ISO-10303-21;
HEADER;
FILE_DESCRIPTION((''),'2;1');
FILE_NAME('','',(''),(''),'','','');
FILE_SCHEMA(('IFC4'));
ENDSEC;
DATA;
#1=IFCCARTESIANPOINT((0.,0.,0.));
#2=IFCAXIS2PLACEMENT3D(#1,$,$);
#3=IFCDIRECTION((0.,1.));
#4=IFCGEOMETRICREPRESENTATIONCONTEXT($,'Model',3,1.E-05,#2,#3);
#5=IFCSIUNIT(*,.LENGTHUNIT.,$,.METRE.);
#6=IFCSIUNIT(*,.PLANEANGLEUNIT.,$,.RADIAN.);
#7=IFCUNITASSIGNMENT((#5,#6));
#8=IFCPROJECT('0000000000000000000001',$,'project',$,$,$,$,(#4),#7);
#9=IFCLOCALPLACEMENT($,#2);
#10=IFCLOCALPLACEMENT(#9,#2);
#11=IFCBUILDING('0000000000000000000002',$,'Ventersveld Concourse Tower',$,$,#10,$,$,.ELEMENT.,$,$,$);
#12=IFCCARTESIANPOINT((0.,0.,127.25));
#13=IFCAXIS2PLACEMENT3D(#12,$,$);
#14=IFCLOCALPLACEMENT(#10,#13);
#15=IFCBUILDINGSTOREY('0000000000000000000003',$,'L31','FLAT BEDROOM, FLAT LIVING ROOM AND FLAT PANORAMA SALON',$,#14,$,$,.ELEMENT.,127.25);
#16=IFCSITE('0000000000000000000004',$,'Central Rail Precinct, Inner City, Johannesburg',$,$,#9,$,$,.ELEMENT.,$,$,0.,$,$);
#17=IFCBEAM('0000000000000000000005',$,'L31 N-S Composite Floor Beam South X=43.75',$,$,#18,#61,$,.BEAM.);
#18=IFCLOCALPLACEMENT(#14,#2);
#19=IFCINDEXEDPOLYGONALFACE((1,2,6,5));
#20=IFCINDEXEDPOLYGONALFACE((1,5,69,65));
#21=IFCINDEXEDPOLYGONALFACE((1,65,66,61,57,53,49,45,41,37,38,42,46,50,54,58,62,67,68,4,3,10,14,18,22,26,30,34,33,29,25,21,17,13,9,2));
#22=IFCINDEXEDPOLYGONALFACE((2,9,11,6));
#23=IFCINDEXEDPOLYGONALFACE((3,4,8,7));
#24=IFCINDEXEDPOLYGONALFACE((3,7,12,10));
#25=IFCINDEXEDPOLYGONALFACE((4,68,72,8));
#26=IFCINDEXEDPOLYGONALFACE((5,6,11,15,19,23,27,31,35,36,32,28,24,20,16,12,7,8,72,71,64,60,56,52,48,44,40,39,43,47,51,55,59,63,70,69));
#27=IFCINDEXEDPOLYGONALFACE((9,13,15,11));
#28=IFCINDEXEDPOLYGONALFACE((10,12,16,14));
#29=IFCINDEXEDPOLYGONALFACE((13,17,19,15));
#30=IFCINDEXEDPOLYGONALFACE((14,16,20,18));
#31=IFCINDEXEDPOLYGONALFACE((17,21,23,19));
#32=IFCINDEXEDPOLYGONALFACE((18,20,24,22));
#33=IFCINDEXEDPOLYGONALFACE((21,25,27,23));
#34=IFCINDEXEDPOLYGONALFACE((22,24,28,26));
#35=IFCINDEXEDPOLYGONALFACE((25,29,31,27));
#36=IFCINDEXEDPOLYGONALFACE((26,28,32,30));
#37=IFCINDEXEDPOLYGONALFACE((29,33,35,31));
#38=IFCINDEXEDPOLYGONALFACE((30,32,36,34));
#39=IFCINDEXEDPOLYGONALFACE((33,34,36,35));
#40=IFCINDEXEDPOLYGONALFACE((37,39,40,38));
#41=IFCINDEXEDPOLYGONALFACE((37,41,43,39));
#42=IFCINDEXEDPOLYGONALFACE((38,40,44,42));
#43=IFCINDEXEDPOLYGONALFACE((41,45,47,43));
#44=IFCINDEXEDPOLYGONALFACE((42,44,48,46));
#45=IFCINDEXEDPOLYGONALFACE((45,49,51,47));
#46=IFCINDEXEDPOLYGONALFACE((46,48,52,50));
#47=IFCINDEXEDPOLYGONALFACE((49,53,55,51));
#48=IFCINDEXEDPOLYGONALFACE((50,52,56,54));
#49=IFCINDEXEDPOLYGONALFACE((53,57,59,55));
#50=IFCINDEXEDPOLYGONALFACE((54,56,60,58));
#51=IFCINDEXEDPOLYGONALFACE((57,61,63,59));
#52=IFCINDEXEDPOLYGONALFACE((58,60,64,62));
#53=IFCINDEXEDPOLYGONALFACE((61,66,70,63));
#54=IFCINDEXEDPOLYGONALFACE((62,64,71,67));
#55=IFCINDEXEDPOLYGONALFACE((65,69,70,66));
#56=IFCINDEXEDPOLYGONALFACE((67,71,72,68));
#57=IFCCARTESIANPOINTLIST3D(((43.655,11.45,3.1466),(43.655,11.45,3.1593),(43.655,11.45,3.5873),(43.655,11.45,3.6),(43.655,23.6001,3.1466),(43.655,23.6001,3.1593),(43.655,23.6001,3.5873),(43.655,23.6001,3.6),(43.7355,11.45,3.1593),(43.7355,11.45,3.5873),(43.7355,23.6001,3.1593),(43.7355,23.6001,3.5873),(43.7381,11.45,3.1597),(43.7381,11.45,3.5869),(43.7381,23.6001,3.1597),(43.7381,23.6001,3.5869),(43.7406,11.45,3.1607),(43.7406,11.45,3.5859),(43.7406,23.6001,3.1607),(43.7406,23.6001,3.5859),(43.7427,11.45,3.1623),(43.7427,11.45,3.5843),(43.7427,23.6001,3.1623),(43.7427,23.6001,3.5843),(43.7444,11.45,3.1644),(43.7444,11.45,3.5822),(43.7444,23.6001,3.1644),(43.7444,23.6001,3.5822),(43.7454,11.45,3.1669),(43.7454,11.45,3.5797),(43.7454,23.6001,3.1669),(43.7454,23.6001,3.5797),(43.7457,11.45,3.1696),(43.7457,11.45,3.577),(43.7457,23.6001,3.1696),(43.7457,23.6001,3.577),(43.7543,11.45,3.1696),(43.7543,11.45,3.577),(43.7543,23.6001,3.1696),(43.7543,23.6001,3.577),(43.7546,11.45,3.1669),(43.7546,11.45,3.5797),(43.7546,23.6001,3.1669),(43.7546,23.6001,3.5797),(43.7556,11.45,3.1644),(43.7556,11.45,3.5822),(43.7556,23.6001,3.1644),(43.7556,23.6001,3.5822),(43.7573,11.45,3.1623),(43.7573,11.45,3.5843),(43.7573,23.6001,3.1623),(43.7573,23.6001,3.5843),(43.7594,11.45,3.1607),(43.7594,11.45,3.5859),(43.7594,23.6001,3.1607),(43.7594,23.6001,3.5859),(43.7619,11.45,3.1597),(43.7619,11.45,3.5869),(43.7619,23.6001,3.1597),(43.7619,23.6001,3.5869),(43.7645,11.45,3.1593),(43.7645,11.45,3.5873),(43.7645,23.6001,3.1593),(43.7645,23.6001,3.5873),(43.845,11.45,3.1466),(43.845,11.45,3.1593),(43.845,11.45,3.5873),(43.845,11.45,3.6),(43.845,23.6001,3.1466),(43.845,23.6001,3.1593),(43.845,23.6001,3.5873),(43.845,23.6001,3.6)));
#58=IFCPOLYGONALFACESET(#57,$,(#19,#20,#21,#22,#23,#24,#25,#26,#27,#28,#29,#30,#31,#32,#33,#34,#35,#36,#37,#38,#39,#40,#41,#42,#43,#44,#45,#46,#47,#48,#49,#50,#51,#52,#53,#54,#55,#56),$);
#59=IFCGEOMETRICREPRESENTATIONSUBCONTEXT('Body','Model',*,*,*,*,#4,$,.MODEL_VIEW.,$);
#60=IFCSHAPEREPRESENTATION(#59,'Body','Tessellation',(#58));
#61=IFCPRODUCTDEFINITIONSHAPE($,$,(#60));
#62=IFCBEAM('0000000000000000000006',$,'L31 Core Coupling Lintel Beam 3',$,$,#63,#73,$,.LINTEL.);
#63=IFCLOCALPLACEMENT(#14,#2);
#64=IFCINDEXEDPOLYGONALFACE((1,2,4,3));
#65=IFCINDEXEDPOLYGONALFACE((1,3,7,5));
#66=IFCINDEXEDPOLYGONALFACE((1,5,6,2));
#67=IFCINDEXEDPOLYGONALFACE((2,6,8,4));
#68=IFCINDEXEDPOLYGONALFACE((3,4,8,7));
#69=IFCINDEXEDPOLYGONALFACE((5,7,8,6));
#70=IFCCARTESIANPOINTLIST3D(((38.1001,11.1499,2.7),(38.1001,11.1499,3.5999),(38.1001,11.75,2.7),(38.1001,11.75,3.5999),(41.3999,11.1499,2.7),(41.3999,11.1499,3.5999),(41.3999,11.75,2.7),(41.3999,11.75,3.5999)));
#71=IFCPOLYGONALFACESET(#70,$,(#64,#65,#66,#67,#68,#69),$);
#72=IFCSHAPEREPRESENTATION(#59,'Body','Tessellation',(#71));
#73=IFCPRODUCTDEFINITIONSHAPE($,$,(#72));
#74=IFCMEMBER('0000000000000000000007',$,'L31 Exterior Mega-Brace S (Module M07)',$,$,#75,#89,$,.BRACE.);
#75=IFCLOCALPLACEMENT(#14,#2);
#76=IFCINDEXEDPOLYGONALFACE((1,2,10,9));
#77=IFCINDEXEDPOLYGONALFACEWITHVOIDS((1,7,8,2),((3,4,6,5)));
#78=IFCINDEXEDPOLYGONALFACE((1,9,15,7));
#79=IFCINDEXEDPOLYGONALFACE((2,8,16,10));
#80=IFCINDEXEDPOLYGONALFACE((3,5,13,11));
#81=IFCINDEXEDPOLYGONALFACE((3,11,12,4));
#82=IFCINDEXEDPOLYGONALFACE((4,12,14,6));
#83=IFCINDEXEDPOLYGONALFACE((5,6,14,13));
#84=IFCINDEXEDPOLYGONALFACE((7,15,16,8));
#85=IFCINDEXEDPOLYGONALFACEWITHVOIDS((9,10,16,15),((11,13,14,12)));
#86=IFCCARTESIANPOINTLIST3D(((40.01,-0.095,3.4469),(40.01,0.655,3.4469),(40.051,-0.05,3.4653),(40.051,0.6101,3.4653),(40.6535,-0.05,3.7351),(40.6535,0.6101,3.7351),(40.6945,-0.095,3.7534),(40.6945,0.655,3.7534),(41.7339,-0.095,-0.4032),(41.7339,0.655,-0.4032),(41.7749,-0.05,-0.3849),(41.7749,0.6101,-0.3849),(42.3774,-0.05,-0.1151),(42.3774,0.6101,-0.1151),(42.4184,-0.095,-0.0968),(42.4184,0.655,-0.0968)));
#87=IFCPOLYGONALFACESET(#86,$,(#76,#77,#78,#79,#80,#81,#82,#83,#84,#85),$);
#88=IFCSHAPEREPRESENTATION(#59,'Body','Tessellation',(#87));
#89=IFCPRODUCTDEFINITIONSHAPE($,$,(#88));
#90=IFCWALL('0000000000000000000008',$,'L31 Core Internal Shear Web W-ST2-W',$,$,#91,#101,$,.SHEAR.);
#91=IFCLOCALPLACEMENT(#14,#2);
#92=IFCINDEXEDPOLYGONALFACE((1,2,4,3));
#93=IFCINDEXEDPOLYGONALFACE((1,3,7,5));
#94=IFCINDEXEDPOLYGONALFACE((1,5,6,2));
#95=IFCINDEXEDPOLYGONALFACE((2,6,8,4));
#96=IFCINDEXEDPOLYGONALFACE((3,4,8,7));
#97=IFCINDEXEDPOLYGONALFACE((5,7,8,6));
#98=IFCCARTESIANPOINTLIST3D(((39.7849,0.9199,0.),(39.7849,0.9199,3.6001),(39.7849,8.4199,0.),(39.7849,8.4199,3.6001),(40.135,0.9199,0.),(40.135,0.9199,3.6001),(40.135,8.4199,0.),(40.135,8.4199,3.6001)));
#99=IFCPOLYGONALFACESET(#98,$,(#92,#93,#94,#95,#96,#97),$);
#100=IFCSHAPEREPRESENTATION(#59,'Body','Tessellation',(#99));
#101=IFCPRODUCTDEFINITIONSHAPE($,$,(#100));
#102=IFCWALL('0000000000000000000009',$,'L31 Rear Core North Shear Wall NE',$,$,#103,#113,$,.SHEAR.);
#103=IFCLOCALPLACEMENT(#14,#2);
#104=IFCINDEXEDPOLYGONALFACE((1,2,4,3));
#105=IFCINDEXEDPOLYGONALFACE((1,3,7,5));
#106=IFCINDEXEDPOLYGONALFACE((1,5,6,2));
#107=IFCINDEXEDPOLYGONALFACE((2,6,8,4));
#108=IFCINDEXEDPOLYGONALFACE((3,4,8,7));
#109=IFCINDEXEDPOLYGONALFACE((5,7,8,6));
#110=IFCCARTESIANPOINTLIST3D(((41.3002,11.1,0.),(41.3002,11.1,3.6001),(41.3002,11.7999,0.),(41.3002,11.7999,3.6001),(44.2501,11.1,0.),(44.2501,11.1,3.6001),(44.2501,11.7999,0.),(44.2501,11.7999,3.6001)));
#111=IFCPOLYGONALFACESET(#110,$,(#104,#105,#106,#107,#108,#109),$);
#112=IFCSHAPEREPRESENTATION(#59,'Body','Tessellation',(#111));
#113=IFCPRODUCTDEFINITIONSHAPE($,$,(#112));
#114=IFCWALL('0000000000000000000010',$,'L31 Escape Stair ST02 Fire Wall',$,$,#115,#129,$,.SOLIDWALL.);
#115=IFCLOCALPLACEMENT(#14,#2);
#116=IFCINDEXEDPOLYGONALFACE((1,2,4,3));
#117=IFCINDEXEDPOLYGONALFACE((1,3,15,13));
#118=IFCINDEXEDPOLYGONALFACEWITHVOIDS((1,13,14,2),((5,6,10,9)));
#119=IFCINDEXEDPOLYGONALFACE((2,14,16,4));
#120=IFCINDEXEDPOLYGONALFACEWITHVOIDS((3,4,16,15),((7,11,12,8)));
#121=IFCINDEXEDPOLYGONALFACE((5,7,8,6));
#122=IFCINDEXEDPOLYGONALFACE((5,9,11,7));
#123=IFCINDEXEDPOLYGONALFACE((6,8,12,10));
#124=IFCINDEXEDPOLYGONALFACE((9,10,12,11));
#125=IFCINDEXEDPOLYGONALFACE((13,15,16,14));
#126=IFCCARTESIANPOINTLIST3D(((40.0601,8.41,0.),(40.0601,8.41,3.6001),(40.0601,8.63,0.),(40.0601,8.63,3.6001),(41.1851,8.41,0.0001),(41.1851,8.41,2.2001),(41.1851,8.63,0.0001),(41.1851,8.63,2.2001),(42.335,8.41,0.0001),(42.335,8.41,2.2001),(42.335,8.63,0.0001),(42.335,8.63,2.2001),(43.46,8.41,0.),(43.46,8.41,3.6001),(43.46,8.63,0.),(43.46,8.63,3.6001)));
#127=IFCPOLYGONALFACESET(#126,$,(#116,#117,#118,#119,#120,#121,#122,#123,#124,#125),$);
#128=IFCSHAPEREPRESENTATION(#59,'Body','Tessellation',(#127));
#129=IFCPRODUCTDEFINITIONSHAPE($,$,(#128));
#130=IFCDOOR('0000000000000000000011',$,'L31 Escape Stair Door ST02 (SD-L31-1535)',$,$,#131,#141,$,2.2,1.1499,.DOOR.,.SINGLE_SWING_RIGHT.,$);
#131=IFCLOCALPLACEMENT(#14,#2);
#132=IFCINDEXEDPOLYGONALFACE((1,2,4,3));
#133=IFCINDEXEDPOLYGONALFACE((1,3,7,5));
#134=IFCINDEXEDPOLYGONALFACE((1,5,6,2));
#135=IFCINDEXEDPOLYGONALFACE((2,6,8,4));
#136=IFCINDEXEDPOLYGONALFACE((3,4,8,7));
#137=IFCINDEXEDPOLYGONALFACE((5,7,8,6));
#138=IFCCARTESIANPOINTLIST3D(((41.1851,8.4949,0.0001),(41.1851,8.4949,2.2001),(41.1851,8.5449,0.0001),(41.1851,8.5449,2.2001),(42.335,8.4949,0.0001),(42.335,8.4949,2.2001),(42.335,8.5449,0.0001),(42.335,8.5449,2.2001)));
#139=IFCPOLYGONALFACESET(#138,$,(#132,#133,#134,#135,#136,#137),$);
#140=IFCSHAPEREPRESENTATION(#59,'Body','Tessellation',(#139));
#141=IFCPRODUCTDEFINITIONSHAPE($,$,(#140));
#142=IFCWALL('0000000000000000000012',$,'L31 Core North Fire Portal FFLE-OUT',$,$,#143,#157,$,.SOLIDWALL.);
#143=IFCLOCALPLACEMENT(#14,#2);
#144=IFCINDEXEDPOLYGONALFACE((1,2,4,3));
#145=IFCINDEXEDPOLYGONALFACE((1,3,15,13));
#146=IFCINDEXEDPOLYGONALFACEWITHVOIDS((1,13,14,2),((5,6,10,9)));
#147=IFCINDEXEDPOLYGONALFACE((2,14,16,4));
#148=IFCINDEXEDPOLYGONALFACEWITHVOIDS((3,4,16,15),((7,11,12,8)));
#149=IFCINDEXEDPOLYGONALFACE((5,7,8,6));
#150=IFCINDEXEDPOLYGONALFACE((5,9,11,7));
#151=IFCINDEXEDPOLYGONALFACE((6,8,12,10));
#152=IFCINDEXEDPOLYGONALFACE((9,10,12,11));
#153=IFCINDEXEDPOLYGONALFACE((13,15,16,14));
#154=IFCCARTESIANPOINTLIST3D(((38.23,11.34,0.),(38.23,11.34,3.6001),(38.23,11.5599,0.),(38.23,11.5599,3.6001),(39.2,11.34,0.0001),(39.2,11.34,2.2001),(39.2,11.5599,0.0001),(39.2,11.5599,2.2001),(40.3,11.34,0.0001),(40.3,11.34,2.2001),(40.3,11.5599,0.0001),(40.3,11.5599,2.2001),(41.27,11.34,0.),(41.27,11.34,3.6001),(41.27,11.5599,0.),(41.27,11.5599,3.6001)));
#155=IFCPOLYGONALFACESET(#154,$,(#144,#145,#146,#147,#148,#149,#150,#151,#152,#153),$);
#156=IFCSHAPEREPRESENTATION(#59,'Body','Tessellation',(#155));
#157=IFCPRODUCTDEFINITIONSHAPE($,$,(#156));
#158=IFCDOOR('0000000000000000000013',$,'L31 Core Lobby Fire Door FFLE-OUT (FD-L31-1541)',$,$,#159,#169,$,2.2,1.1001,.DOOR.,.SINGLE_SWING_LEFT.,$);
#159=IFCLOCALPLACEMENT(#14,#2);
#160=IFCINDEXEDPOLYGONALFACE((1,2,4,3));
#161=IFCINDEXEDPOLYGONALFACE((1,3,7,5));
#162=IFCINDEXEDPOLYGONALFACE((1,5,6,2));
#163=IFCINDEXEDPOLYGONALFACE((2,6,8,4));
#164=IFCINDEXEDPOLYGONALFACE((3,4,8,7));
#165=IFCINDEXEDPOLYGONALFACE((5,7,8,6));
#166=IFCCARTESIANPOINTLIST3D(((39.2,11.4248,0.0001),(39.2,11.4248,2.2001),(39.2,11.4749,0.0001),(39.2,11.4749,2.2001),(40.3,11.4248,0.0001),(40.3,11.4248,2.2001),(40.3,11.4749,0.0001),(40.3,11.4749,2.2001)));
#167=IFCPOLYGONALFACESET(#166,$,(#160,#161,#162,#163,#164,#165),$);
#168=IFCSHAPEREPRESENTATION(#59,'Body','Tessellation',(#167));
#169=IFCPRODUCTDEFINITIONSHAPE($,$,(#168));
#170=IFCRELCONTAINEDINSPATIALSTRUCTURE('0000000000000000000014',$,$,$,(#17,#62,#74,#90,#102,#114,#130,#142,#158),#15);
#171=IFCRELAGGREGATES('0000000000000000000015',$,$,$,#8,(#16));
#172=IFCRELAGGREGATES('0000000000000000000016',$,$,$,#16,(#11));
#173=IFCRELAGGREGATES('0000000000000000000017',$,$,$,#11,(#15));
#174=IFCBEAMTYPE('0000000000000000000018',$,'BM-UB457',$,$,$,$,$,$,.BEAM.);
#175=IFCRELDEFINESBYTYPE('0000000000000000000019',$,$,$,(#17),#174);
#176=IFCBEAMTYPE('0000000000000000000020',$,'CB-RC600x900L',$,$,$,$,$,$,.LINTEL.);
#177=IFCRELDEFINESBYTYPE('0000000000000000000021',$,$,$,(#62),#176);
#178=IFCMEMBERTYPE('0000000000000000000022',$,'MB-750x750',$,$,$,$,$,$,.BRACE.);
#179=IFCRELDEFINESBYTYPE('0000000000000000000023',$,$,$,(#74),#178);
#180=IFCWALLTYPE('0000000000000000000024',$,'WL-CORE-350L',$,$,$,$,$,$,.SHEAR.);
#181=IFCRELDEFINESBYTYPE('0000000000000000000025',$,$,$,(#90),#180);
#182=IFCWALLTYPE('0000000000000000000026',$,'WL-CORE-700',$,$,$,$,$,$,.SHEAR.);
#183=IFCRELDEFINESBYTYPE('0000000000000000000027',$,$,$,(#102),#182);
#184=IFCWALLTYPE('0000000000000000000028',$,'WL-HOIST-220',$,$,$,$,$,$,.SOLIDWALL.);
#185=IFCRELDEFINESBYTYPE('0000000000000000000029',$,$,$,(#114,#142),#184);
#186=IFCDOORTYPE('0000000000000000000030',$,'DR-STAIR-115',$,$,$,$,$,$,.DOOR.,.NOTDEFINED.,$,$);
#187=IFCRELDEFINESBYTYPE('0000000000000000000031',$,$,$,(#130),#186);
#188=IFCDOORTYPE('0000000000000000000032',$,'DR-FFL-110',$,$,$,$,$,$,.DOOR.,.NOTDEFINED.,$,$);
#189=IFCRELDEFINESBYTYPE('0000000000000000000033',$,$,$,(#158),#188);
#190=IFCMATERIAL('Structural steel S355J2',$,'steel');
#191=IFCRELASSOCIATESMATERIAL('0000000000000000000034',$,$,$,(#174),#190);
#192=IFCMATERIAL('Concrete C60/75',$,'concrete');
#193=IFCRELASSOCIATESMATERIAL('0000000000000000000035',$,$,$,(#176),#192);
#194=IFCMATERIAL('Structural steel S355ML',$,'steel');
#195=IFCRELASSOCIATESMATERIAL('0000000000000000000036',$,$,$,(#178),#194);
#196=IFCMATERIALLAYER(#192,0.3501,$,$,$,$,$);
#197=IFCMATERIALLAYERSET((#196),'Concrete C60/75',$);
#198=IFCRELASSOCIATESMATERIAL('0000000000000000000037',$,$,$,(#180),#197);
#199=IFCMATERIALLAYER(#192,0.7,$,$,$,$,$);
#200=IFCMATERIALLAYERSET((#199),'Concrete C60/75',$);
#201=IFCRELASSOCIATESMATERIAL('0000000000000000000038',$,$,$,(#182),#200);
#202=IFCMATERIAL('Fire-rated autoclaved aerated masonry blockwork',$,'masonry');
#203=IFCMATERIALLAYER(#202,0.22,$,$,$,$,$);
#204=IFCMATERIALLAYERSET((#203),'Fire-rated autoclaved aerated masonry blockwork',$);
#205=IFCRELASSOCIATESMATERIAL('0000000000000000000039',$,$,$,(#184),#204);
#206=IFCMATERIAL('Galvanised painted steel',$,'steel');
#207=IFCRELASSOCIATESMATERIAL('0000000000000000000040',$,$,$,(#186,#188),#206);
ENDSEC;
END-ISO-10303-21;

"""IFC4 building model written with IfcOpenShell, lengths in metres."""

from ifc_helpers import new_model, si_unit, direction, frame, frame_2d, origin, origin_2d, place, context, subcontext, project, spatial, rectangle, hollow_rectangle, i_section, extrude, material, layer, layer_set, material_profile, profile_set, type_object, element, fill, save


model = new_model("IFC4")

# Units and contexts
model_context = context("Model", 3, precision=1e-05, world=origin(), true_north=direction((0.0, 1.0)))
body_context = subcontext(model_context, "Body", "Model", "MODEL_VIEW")
ifc_project = project(units=[si_unit("LENGTHUNIT", "METRE"), si_unit("PLANEANGLEUNIT", "RADIAN")], contexts=[model_context])

# Site, building, storey
site_placement = place(None, origin())
site = spatial("IfcSite", under=ifc_project, at=site_placement, Name="Central Rail Precinct, Inner City, Johannesburg", CompositionType="ELEMENT", RefElevation=0.0)
building_placement = place(site_placement, origin())
building = spatial("IfcBuilding", under=site, at=building_placement, Name="Ventersveld Concourse Tower", CompositionType="ELEMENT")
storey_placement = place(building_placement, frame((0.0, 0.0, 127.25)))
storey = spatial("IfcBuildingStorey", under=building, at=storey_placement, Name="L31", Description="FLAT BEDROOM, FLAT LIVING ROOM AND FLAT PANORAMA SALON", CompositionType="ELEMENT", Elevation=127.25)

# Beams
ifc_material_1 = material(Name="Structural steel S355J2", Category="steel")
ifc_material_profile_1 = material_profile(ifc_material_1, i_section(OverallWidth=0.1899, OverallDepth=0.4534, WebThickness=0.0085, FlangeThickness=0.0127, FilletRadius=0.0103, at=origin_2d()), Name="UB 457x191x67")
ifc_profile_set_1 = profile_set([ifc_material_profile_1], Name="Structural steel S355J2")
beam_type_1 = type_object("IfcBeamType", Name="BM-UB457", PredefinedType="BEAM", material=ifc_profile_set_1)
beam_1_placement = place(storey_placement, frame((43.75, 11.45, 3.3733), z_axis=(0.0, 1.0, 0.0), x_axis=(-1.0, 0.0, 0.0)))
element("IfcBeam", 1, at=beam_1_placement, inside=storey, type_object=beam_type_1, Name="L31 N-S Composite Floor Beam South X=43.75", PredefinedType="BEAM", context=body_context, shape_type="SweptSolid", body=[
    extrude(i_section(OverallWidth=0.1899, OverallDepth=0.4534, WebThickness=0.0085, FlangeThickness=0.0127, FilletRadius=0.0103, at=origin_2d()), origin(), (0.0, 0.0, 1.0), 12.1501),
])
ifc_material_2 = material(Name="Concrete C60/75", Category="concrete")
ifc_material_profile_2 = material_profile(ifc_material_2, rectangle(XDim=0.6001, YDim=0.8999, at=origin_2d()), Name="RC 600x900")
ifc_profile_set_2 = profile_set([ifc_material_profile_2], Name="Concrete C60/75")
beam_type_2 = type_object("IfcBeamType", Name="CB-RC600x900L", PredefinedType="LINTEL", material=ifc_profile_set_2)
beam_2_placement = place(storey_placement, frame((38.1001, 11.45, 3.1499), z_axis=(1.0, 0.0, 0.0), x_axis=(0.0, 1.0, 0.0)))
element("IfcBeam", 2, at=beam_2_placement, inside=storey, type_object=beam_type_2, Name="L31 Core Coupling Lintel Beam 3", PredefinedType="LINTEL", context=body_context, shape_type="SweptSolid", body=[
    extrude(rectangle(XDim=0.6001, YDim=0.8999, at=origin_2d()), origin(), (0.0, 0.0, 1.0), 3.2998),
])

# Member
ifc_material_3 = material(Name="Structural steel S355ML", Category="steel")
ifc_material_profile_3 = material_profile(ifc_material_3, hollow_rectangle(XDim=0.75, YDim=0.75, WallThickness=0.0449, at=origin_2d()), Name="BOX 750x750x45")
ifc_profile_set_3 = profile_set([ifc_material_profile_3], Name="Structural steel S355ML")
member_type = type_object("IfcMemberType", Name="MB-750x750", PredefinedType="BRACE", material=ifc_profile_set_3)
member_placement = place(storey_placement, frame((42.0762, 0.28, -0.25), z_axis=(-0.408655, 0.0, 0.912689), x_axis=(0.0, -1.0, 0.0)))
element("IfcMember", 3, at=member_placement, inside=storey, type_object=member_type, Name="L31 Exterior Mega-Brace S (Module M07)", PredefinedType="BRACE", context=body_context, shape_type="SweptSolid", body=[
    extrude(hollow_rectangle(XDim=0.75, YDim=0.75, WallThickness=0.0449, at=origin_2d()), origin(), (0.0, 0.0, 1.0), 4.2185),
])

# Walls
ifc_layer_1 = layer(ifc_material_2, 0.3501)
ifc_layer_set_1 = layer_set([ifc_layer_1], Name="Concrete C60/75")
wall_type_1 = type_object("IfcWallType", Name="WL-CORE-350L", PredefinedType="SHEAR", material=ifc_layer_set_1)
wall_1_placement = place(storey_placement, frame((39.96, 0.9199, 0.0), z_axis=(0.0, 0.0, 1.0), x_axis=(0.0, 1.0, 0.0)))
element("IfcWall", 4, at=wall_1_placement, inside=storey, type_object=wall_type_1, Name="L31 Core Internal Shear Web W-ST2-W", PredefinedType="SHEAR", context=body_context, shape_type="SweptSolid", body=[
    extrude(rectangle(XDim=7.5, YDim=0.3501, at=frame_2d((3.75, 0.0))), origin(), (0.0, 0.0, 1.0), 3.6001),
])
ifc_layer_2 = layer(ifc_material_2, 0.7)
ifc_layer_set_2 = layer_set([ifc_layer_2], Name="Concrete C60/75")
wall_type_2 = type_object("IfcWallType", Name="WL-CORE-700", PredefinedType="SHEAR", material=ifc_layer_set_2)
wall_2_placement = place(storey_placement, frame((41.3, 11.45, 0.0), z_axis=(0.0, 0.0, 1.0), x_axis=(1.0, 0.0, 0.0)))
element("IfcWall", 5, at=wall_2_placement, inside=storey, type_object=wall_type_2, Name="L31 Rear Core North Shear Wall NE", PredefinedType="SHEAR", context=body_context, shape_type="SweptSolid", body=[
    extrude(rectangle(XDim=2.95, YDim=0.7, at=frame_2d((1.4751, 0.0))), origin(), (0.0, 0.0, 1.0), 3.6001),
])

# Walls, openings, doors
ifc_material_4 = material(Name="Fire-rated autoclaved aerated masonry blockwork", Category="masonry")
ifc_layer_3 = layer(ifc_material_4, 0.22)
ifc_layer_set_3 = layer_set([ifc_layer_3], Name="Fire-rated autoclaved aerated masonry blockwork")
wall_type_3 = type_object("IfcWallType", Name="WL-HOIST-220", PredefinedType="SOLIDWALL", material=ifc_layer_set_3)
wall_3_placement = place(storey_placement, frame((40.0601, 8.52, 0.0), z_axis=(0.0, 0.0, 1.0), x_axis=(1.0, 0.0, 0.0)))
wall_3 = element("IfcWall", 6, at=wall_3_placement, inside=storey, type_object=wall_type_3, Name="L31 Escape Stair ST02 Fire Wall", PredefinedType="SOLIDWALL", context=body_context, shape_type="SweptSolid", body=[
    extrude(rectangle(XDim=3.3999, YDim=0.22, at=frame_2d((1.7, 0.0))), origin(), (0.0, 0.0, 1.0), 3.6001),
])
opening_1_placement = place(wall_3_placement, frame((1.125, 0.0, 0.0)))
opening_1 = element("IfcOpeningElement", 7, at=opening_1_placement, cuts=wall_3, PredefinedType="OPENING", context=body_context, shape_type="SweptSolid", body=[
    extrude(rectangle(XDim=1.1499, YDim=2.2, at=frame_2d((0.575, 1.1001))), frame((0.0, 0.1201, 0.0), z_axis=(0.0, -1.0, 0.0), x_axis=(1.0, 0.0, 0.0)), (0.0, 0.0, 1.0), 0.24),
])
ifc_material_5 = material(Name="Galvanised painted steel", Category="steel")
door_type_1 = type_object("IfcDoorType", Name="DR-STAIR-115", OperationType="NOTDEFINED", PredefinedType="DOOR", material=ifc_material_5)
door_1_placement = place(opening_1_placement, origin())
door_1 = element("IfcDoor", 8, at=door_1_placement, inside=storey, type_object=door_type_1, Name="L31 Escape Stair Door ST02 (SD-L31-1535)", OperationType="SINGLE_SWING_RIGHT", OverallHeight=2.2, OverallWidth=1.1499, PredefinedType="DOOR", context=body_context, shape_type="SweptSolid", body=[
    extrude(rectangle(XDim=1.1499, YDim=2.2, at=frame_2d((0.575, 1.1001))), frame((0.0, 0.0249, 0.0), z_axis=(0.0, -1.0, 0.0), x_axis=(1.0, 0.0, 0.0)), (0.0, 0.0, 1.0), 0.05),
])
fill(opening_1, door_1)
wall_4_placement = place(storey_placement, frame((38.23, 11.45, 0.0), z_axis=(0.0, 0.0, 1.0), x_axis=(1.0, 0.0, 0.0)))
wall_4 = element("IfcWall", 9, at=wall_4_placement, inside=storey, type_object=wall_type_3, Name="L31 Core North Fire Portal FFLE-OUT", PredefinedType="SOLIDWALL", context=body_context, shape_type="SweptSolid", body=[
    extrude(rectangle(XDim=3.04, YDim=0.22, at=frame_2d((1.52, 0.0))), origin(), (0.0, 0.0, 1.0), 3.6001),
])
opening_2_placement = place(wall_4_placement, frame((0.97, 0.0, 0.0)))
opening_2 = element("IfcOpeningElement", 10, at=opening_2_placement, cuts=wall_4, PredefinedType="OPENING", context=body_context, shape_type="SweptSolid", body=[
    extrude(rectangle(XDim=1.1001, YDim=2.2, at=frame_2d((0.55, 1.1001))), frame((0.0, 0.1201, 0.0), z_axis=(0.0, -1.0, 0.0), x_axis=(1.0, 0.0, 0.0)), (0.0, 0.0, 1.0), 0.24),
])
door_type_2 = type_object("IfcDoorType", Name="DR-FFL-110", OperationType="NOTDEFINED", PredefinedType="DOOR", material=ifc_material_5)
door_2_placement = place(opening_2_placement, origin())
door_2 = element("IfcDoor", 11, at=door_2_placement, inside=storey, type_object=door_type_2, Name="L31 Core Lobby Fire Door FFLE-OUT (FD-L31-1541)", OperationType="SINGLE_SWING_LEFT", OverallHeight=2.2, OverallWidth=1.1001, PredefinedType="DOOR", context=body_context, shape_type="SweptSolid", body=[
    extrude(rectangle(XDim=1.1001, YDim=2.2, at=frame_2d((0.55, 1.1001))), frame((0.0, 0.0249, 0.0), z_axis=(0.0, -1.0, 0.0), x_axis=(1.0, 0.0, 0.0)), (0.0, 0.0, 1.0), 0.05),
])
fill(opening_2, door_2)

save(model, "model.ifc")
